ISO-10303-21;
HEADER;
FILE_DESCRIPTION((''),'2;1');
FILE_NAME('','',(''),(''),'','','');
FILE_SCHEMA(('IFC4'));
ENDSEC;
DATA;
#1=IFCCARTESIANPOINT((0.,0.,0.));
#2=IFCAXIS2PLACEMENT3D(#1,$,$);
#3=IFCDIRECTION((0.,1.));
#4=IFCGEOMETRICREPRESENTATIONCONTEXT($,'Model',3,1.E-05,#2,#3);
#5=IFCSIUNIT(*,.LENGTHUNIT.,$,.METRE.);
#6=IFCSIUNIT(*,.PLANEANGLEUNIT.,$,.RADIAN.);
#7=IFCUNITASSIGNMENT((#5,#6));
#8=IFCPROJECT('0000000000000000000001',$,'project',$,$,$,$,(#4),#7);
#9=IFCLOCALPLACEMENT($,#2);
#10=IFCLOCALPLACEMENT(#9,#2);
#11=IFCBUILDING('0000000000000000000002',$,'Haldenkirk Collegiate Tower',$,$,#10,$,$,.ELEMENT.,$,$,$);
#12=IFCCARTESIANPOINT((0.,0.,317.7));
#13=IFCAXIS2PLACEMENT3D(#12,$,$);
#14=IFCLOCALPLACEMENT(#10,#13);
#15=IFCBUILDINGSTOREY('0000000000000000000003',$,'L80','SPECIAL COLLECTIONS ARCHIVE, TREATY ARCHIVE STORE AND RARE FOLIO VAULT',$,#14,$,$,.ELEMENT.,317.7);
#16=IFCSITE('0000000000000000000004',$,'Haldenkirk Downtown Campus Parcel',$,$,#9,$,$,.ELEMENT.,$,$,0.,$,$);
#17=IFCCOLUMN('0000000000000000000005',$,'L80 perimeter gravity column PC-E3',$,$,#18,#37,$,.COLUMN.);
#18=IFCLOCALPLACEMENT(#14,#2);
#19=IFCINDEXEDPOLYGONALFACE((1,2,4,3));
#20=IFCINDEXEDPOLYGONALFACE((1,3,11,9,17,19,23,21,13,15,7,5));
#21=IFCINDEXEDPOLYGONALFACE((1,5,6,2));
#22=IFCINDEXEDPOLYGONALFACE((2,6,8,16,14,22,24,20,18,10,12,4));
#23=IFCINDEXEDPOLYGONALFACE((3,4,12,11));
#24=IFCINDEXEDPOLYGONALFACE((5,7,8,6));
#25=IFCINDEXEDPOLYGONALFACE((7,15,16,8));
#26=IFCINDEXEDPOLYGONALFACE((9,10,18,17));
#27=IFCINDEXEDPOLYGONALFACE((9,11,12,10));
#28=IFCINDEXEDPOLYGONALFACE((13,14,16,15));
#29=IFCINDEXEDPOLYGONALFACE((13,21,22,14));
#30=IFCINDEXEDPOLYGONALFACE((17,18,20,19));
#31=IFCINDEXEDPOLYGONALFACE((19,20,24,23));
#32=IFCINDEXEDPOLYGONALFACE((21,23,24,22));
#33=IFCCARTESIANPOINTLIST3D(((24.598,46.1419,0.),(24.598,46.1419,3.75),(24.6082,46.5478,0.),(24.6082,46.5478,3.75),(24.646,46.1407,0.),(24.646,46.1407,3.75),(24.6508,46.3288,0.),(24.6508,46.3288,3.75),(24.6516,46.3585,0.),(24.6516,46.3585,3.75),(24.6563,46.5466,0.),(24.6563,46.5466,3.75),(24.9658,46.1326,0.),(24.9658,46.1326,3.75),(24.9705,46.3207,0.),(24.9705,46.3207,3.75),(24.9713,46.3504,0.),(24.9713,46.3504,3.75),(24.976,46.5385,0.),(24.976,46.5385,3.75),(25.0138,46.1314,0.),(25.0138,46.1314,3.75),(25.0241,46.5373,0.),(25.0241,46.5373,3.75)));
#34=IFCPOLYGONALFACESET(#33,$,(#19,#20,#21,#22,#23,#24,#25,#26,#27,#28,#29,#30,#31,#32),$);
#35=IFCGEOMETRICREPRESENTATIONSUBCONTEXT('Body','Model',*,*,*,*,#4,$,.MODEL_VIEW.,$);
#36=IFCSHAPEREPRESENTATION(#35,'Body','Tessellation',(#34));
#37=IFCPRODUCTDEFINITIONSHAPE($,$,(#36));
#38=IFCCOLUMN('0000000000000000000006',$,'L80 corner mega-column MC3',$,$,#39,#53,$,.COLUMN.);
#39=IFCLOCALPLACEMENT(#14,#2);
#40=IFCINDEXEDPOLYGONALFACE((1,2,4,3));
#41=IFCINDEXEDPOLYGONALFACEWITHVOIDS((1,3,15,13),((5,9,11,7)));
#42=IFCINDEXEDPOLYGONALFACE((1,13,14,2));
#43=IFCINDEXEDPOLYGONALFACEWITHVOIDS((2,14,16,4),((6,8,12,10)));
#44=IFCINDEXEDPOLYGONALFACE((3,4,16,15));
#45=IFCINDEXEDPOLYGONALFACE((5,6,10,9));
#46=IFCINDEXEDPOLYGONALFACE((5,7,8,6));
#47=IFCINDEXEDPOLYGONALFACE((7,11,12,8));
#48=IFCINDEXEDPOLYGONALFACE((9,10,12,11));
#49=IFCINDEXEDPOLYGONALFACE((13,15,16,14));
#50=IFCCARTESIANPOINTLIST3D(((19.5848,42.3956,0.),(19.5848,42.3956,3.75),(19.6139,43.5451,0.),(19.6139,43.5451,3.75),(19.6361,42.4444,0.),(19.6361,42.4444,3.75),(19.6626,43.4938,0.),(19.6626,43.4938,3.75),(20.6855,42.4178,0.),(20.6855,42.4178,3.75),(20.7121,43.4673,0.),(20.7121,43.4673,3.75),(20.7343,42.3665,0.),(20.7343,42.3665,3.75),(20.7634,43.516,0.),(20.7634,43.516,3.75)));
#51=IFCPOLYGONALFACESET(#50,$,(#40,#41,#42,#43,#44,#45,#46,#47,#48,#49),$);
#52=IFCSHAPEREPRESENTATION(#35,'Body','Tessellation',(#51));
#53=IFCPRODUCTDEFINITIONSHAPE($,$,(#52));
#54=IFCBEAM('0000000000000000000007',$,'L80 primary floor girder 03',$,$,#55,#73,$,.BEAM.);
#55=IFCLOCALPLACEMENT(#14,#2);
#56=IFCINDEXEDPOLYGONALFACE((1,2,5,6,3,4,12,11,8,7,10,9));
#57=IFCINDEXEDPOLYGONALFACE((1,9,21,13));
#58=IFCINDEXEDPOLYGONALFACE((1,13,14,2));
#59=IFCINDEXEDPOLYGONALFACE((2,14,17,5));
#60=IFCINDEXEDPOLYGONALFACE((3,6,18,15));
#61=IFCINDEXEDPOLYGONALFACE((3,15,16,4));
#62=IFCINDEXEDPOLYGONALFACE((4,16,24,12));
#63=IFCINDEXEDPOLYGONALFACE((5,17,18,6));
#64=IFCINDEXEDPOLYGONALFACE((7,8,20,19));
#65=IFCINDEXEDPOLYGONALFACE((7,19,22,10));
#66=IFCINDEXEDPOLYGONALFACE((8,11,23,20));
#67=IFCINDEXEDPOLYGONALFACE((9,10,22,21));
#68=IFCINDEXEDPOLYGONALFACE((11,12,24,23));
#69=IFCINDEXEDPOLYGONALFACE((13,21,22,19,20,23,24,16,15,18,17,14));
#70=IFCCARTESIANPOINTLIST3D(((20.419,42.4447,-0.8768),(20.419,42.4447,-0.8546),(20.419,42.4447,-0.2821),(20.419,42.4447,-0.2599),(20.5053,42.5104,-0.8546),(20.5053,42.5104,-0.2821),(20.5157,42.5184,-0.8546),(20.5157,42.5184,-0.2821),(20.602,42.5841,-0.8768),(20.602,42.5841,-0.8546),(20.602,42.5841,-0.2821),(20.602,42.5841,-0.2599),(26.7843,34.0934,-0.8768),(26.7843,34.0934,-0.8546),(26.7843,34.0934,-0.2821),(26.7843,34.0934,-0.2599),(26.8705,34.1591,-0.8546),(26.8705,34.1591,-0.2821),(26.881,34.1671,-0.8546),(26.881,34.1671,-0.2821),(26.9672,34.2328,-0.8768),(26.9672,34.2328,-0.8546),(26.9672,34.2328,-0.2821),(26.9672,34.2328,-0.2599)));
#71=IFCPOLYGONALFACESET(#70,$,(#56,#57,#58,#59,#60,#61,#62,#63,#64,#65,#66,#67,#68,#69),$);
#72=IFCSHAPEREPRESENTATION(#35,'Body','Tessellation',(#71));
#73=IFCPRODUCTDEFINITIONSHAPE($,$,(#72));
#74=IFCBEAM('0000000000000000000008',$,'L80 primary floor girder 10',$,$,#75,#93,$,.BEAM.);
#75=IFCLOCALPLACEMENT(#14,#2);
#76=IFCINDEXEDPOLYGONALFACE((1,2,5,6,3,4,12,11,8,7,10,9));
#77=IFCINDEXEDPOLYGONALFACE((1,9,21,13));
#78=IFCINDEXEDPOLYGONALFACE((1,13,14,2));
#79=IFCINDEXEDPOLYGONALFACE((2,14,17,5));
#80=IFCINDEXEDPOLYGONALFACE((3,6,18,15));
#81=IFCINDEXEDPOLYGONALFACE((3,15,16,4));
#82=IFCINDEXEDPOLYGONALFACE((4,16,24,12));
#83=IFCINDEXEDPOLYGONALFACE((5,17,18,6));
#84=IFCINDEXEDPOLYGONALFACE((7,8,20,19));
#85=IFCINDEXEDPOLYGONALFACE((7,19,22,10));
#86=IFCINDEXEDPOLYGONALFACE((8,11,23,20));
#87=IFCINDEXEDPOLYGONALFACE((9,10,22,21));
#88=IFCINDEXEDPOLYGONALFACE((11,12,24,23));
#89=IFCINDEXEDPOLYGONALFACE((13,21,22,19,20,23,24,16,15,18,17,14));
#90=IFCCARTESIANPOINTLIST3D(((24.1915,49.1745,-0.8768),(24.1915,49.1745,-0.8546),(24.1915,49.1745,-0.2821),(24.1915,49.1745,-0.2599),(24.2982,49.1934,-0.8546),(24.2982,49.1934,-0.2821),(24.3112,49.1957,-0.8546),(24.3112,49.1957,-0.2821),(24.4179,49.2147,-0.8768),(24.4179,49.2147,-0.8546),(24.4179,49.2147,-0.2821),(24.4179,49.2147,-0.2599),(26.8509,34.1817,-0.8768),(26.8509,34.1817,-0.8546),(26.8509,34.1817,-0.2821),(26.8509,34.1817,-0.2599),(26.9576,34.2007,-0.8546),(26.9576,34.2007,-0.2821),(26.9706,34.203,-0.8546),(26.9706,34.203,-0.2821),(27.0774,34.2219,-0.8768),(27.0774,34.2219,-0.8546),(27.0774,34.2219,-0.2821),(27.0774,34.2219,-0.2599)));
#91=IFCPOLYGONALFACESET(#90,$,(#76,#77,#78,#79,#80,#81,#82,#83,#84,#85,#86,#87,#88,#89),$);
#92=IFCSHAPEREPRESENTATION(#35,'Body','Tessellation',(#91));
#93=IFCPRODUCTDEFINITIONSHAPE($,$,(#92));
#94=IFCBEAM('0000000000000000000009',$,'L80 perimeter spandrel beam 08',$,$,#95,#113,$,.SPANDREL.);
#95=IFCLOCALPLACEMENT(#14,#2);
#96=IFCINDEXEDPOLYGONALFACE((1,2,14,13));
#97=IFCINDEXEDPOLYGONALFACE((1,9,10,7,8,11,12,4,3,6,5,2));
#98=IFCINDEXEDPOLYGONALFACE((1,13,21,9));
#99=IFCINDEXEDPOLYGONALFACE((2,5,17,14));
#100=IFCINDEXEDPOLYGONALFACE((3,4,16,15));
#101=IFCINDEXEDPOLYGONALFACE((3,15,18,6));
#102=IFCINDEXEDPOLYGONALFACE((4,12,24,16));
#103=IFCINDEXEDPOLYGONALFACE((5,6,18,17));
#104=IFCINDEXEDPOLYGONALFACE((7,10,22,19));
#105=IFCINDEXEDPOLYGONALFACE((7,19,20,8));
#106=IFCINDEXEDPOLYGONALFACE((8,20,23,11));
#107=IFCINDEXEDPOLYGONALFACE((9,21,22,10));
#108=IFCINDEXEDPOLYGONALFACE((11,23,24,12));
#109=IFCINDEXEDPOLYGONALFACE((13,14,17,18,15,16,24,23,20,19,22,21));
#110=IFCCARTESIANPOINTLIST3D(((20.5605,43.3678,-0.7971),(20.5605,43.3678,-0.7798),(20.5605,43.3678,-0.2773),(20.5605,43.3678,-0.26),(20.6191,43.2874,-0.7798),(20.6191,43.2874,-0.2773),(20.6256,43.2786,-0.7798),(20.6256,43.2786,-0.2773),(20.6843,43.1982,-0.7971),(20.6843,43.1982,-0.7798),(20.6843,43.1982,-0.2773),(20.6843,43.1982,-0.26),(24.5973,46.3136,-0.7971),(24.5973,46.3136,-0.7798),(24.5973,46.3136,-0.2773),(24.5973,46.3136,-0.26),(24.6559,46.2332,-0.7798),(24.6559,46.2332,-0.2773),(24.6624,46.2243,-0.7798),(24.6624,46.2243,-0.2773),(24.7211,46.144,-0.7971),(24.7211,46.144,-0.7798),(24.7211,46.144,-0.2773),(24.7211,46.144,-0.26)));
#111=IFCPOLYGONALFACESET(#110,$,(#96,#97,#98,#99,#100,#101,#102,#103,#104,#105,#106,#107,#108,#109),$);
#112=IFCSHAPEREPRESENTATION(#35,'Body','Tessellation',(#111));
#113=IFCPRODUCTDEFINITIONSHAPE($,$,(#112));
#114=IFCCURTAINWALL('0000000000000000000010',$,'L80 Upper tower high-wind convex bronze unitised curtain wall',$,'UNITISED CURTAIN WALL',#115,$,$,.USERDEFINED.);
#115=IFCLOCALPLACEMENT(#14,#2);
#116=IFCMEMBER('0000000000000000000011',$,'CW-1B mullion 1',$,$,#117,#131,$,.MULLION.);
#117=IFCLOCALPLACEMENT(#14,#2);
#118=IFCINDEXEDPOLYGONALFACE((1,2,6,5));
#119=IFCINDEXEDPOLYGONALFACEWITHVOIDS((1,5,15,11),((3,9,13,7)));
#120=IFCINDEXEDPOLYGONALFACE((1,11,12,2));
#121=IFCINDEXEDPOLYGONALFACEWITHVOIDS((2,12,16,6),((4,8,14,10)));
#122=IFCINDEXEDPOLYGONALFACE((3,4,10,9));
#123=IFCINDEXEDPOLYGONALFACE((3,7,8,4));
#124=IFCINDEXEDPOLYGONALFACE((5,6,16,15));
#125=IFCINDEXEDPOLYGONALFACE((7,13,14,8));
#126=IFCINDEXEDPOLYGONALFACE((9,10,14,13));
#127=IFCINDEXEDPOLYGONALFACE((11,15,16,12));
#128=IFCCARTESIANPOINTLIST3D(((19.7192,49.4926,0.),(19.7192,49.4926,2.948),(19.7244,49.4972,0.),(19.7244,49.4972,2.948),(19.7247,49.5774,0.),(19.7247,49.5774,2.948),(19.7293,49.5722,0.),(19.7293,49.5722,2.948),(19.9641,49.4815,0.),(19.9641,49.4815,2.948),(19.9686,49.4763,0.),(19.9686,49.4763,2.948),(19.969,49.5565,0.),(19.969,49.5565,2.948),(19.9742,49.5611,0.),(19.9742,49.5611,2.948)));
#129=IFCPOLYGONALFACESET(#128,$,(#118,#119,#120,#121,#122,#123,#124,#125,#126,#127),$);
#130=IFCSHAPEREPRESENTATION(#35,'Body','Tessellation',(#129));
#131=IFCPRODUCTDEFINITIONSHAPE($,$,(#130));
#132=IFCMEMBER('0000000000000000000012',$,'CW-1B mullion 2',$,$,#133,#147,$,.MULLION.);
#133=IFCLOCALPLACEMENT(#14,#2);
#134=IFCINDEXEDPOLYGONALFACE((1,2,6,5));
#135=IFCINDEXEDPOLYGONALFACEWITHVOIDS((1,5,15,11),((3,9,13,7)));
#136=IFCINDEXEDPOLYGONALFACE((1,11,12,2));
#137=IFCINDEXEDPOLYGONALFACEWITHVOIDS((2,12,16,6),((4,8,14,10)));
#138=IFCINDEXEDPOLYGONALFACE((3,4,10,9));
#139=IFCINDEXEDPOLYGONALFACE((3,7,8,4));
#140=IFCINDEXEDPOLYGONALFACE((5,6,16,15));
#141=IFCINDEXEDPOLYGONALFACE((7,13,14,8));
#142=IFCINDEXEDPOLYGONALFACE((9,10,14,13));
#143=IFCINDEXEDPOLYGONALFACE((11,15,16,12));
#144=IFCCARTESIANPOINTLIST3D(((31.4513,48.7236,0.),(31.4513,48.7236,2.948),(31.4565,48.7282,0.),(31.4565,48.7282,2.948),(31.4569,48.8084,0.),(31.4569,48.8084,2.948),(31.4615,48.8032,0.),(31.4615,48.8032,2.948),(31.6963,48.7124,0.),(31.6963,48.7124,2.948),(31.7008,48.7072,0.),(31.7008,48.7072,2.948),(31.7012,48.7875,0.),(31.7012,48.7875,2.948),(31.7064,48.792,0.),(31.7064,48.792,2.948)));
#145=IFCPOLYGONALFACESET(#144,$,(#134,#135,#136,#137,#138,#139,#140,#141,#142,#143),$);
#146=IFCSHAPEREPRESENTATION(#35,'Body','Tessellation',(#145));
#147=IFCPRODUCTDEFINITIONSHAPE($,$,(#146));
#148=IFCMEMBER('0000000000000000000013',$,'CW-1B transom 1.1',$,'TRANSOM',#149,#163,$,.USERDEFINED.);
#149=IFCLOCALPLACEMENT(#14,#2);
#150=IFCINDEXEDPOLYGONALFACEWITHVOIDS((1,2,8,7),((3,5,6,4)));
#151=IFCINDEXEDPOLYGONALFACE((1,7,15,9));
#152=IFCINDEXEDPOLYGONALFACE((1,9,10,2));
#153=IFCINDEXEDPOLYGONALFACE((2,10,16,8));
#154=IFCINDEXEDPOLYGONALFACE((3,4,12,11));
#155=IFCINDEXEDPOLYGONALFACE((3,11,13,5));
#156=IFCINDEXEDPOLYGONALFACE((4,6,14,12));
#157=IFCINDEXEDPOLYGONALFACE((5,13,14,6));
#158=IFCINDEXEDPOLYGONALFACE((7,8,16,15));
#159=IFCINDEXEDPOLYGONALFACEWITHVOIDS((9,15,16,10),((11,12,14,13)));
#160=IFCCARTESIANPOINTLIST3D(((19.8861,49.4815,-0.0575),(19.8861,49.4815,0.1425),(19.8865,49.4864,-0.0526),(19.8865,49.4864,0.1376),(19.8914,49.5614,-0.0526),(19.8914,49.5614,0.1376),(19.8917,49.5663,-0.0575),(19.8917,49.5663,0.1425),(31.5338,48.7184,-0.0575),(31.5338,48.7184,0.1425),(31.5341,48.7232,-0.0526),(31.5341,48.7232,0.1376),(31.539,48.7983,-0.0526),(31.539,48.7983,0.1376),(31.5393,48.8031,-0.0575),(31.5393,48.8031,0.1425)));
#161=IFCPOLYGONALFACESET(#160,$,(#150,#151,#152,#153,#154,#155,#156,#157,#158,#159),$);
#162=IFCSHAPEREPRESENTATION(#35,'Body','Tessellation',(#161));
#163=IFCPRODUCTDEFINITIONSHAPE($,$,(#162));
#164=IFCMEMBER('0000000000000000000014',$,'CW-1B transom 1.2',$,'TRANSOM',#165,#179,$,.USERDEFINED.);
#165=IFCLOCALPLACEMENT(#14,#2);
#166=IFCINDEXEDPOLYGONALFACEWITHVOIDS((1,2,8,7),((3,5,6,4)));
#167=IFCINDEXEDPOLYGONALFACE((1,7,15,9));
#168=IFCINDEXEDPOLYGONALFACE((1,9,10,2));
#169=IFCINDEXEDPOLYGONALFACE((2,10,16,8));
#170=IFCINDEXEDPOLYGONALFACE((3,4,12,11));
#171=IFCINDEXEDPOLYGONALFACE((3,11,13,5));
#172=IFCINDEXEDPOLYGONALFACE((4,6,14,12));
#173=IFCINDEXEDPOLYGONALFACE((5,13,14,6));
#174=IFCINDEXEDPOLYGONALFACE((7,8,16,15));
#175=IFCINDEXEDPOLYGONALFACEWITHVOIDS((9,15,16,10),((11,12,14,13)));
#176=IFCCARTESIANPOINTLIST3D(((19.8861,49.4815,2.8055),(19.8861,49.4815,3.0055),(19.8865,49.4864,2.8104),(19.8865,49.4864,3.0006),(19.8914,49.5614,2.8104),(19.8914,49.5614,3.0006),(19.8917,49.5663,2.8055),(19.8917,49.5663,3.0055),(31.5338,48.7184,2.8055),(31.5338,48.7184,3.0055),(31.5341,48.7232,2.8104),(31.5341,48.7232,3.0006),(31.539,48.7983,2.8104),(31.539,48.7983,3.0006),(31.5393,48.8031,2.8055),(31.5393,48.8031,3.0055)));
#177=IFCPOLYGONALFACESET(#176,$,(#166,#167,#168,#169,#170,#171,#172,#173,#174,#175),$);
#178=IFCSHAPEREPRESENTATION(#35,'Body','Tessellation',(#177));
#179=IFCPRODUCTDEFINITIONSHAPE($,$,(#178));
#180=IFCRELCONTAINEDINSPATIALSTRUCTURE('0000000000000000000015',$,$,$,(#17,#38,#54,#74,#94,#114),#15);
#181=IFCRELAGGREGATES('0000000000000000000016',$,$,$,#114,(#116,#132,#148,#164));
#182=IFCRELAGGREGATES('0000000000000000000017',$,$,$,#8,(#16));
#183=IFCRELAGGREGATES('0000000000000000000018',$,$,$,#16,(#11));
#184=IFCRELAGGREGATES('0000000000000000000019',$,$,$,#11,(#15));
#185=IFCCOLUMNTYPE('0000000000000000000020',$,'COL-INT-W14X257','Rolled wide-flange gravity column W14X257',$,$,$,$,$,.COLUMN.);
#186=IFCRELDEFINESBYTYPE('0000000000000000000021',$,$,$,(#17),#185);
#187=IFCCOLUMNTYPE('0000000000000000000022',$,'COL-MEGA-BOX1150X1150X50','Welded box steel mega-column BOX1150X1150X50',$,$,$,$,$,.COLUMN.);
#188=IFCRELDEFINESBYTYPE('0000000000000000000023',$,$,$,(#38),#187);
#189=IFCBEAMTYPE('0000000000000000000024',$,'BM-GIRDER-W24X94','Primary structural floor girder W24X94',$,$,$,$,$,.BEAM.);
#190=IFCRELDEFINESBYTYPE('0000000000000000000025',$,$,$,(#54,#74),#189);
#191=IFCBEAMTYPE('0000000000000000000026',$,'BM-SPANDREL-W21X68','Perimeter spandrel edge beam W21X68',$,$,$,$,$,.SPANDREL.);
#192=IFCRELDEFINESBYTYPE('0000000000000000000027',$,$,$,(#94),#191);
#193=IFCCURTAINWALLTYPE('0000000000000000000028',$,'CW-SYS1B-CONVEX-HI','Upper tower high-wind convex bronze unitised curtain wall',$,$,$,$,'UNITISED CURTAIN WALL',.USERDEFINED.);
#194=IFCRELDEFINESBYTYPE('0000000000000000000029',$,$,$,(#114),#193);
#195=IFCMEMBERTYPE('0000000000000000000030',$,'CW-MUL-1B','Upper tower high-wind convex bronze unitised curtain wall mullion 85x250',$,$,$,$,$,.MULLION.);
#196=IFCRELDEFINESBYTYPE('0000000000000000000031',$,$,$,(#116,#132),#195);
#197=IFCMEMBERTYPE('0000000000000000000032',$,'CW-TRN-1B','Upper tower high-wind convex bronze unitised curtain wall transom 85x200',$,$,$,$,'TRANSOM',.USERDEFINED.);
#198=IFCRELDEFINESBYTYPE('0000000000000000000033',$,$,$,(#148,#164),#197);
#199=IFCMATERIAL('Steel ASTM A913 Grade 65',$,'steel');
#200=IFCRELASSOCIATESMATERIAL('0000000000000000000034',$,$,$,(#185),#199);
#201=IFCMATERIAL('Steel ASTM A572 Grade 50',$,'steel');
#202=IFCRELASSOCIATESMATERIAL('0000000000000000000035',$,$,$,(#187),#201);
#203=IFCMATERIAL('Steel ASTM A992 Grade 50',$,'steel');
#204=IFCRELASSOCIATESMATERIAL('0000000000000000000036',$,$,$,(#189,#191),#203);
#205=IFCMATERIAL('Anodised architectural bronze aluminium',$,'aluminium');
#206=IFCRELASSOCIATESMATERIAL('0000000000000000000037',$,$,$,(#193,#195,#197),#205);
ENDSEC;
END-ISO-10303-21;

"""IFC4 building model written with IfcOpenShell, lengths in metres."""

from ifc_helpers import new_model, si_unit, direction, frame, origin, origin_2d, place, context, subcontext, project, spatial, hollow_rectangle, i_section, extrude, material, material_profile, profile_set, type_object, element, aggregate, save


model = new_model("IFC4")

# Units and contexts
model_context = context("Model", 3, precision=1e-05, world=origin(), true_north=direction((0.0, 1.0)))
body_context = subcontext(model_context, "Body", "Model", "MODEL_VIEW")
ifc_project = project(units=[si_unit("LENGTHUNIT", "METRE"), si_unit("PLANEANGLEUNIT", "RADIAN")], contexts=[model_context])

# Site, building, storey
site_placement = place(None, origin())
site = spatial("IfcSite", under=ifc_project, at=site_placement, Name="Haldenkirk Downtown Campus Parcel", CompositionType="ELEMENT", RefElevation=0.0)
building_placement = place(site_placement, origin())
building = spatial("IfcBuilding", under=site, at=building_placement, Name="Haldenkirk Collegiate Tower", CompositionType="ELEMENT")
storey_placement = place(building_placement, frame((0.0, 0.0, 317.7)))
storey = spatial("IfcBuildingStorey", under=building, at=storey_placement, Name="L80", Description="SPECIAL COLLECTIONS ARCHIVE, TREATY ARCHIVE STORE AND RARE FOLIO VAULT", CompositionType="ELEMENT", Elevation=317.7)

# Columns
ifc_material_1 = material(Name="Steel ASTM A913 Grade 65", Category="steel")
ifc_material_profile_1 = material_profile(ifc_material_1, i_section(OverallWidth=0.406, OverallDepth=0.416, WebThickness=0.0298, FlangeThickness=0.0481, at=origin_2d()), Name="W14X257")
ifc_profile_set_1 = profile_set([ifc_material_profile_1], Name="Steel ASTM A913 Grade 65")
column_type_1 = type_object("IfcColumnType", Name="COL-INT-W14X257", Description="Rolled wide-flange gravity column W14X257", PredefinedType="COLUMN", material=ifc_profile_set_1)
column_1_placement = place(storey_placement, frame((24.811, 46.3396, 0.0), z_axis=(0.0, 0.0, 1.0), x_axis=(0.025305, 0.99968, 0.0)))
element("IfcColumn", 1, at=column_1_placement, inside=storey, type_object=column_type_1, Name="L80 perimeter gravity column PC-E3", PredefinedType="COLUMN", context=body_context, shape_type="SweptSolid", body=[
    extrude(i_section(OverallWidth=0.406, OverallDepth=0.416, WebThickness=0.0298, FlangeThickness=0.0481, at=origin_2d()), origin(), (0.0, 0.0, 1.0), 3.75),
])
ifc_material_2 = material(Name="Steel ASTM A572 Grade 50", Category="steel")
ifc_material_profile_2 = material_profile(ifc_material_2, hollow_rectangle(XDim=1.1499, YDim=1.1499, WallThickness=0.05, at=origin_2d()), Name="BOX1150X1150X50")
ifc_profile_set_2 = profile_set([ifc_material_profile_2], Name="Steel ASTM A572 Grade 50")
column_type_2 = type_object("IfcColumnType", Name="COL-MEGA-BOX1150X1150X50", Description="Welded box steel mega-column BOX1150X1150X50", PredefinedType="COLUMN", material=ifc_profile_set_2)
column_2_placement = place(storey_placement, frame((20.1741, 42.9558, 0.0), z_axis=(0.0, 0.0, 1.0), x_axis=(0.025305, 0.99968, 0.0)))
element("IfcColumn", 2, at=column_2_placement, inside=storey, type_object=column_type_2, Name="L80 corner mega-column MC3", PredefinedType="COLUMN", context=body_context, shape_type="SweptSolid", body=[
    extrude(hollow_rectangle(XDim=1.1499, YDim=1.1499, WallThickness=0.05, at=origin_2d()), origin(), (0.0, 0.0, 1.0), 3.75),
])

# Beams
ifc_material_3 = material(Name="Steel ASTM A992 Grade 50", Category="steel")
ifc_material_profile_3 = material_profile(ifc_material_3, i_section(OverallWidth=0.23, OverallDepth=0.6169, WebThickness=0.0132, FlangeThickness=0.0222, at=origin_2d()), Name="W24X94")
ifc_profile_set_3 = profile_set([ifc_material_profile_3], Name="Steel ASTM A992 Grade 50")
beam_type_1 = type_object("IfcBeamType", Name="BM-GIRDER-W24X94", Description="Primary structural floor girder W24X94", PredefinedType="BEAM", material=ifc_profile_set_3)
beam_1_placement = place(storey_placement, frame((20.5105, 42.5144, -0.5684), z_axis=(0.606183, -0.795325, 0.0), x_axis=(0.795325, 0.606183, 0.0)))
element("IfcBeam", 3, at=beam_1_placement, inside=storey, type_object=beam_type_1, Name="L80 primary floor girder 03", PredefinedType="BEAM", context=body_context, shape_type="SweptSolid", body=[
    extrude(i_section(OverallWidth=0.23, OverallDepth=0.6169, WebThickness=0.0132, FlangeThickness=0.0222, at=origin_2d()), origin(), (0.0, 0.0, 1.0), 10.5005),
])
beam_2_placement = place(storey_placement, frame((24.3047, 49.1946, -0.5684), z_axis=(0.174655, -0.98463, 0.0), x_axis=(0.98463, 0.174655, 0.0)))
element("IfcBeam", 4, at=beam_2_placement, inside=storey, type_object=beam_type_1, Name="L80 primary floor girder 10", PredefinedType="BEAM", context=body_context, shape_type="SweptSolid", body=[
    extrude(i_section(OverallWidth=0.23, OverallDepth=0.6169, WebThickness=0.0132, FlangeThickness=0.0222, at=origin_2d()), origin(), (0.0, 0.0, 1.0), 15.2268),
])
ifc_material_profile_4 = material_profile(ifc_material_3, i_section(OverallWidth=0.21, OverallDepth=0.5371, WebThickness=0.011, FlangeThickness=0.0173, at=origin_2d()), Name="W21X68")
ifc_profile_set_4 = profile_set([ifc_material_profile_4], Name="Steel ASTM A992 Grade 50")
beam_type_2 = type_object("IfcBeamType", Name="BM-SPANDREL-W21X68", Description="Perimeter spandrel edge beam W21X68", PredefinedType="SPANDREL", material=ifc_profile_set_4)
beam_3_placement = place(storey_placement, frame((24.6592, 46.2288, -0.5286), z_axis=(-0.807793, -0.589466, 0.0), x_axis=(0.589466, -0.807793, 0.0)))
element("IfcBeam", 5, at=beam_3_placement, inside=storey, type_object=beam_type_2, Name="L80 perimeter spandrel beam 08", PredefinedType="SPANDREL", context=body_context, shape_type="SweptSolid", body=[
    extrude(i_section(OverallWidth=0.21, OverallDepth=0.5371, WebThickness=0.011, FlangeThickness=0.0173, at=origin_2d()), origin(), (0.0, 0.0, 1.0), 4.9973),
])

# Curtain wall, members
ifc_material_4 = material(Name="Anodised architectural bronze aluminium", Category="aluminium")
curtain_wall_type = type_object("IfcCurtainWallType", Name="CW-SYS1B-CONVEX-HI", Description="Upper tower high-wind convex bronze unitised curtain wall", ElementType="UNITISED CURTAIN WALL", PredefinedType="USERDEFINED", material=ifc_material_4)
curtain_wall_placement = place(storey_placement, origin())
curtain_wall = element("IfcCurtainWall", 6, at=curtain_wall_placement, inside=storey, type_object=curtain_wall_type, Name="L80 Upper tower high-wind convex bronze unitised curtain wall", ObjectType="UNITISED CURTAIN WALL", PredefinedType="USERDEFINED")
ifc_material_profile_5 = material_profile(ifc_material_4, hollow_rectangle(XDim=0.085, YDim=0.25, WallThickness=0.0049, at=origin_2d()), Name="CW-MUL-1B")
ifc_profile_set_5 = profile_set([ifc_material_profile_5], Name="Anodised architectural bronze aluminium")
member_type_1 = type_object("IfcMemberType", Name="CW-MUL-1B", Description="Upper tower high-wind convex bronze unitised curtain wall mullion 85x250", PredefinedType="MULLION", material=ifc_profile_set_5)
member_1_placement = place(storey_placement, frame((19.8467, 49.5269, 0.0), z_axis=(0.0, 0.0, 1.0), x_axis=(0.065401, 0.997859, 0.0)))
member_1 = element("IfcMember", 7, at=member_1_placement, type_object=member_type_1, Name="CW-1B mullion 1", PredefinedType="MULLION", context=body_context, shape_type="SweptSolid", body=[
    extrude(hollow_rectangle(XDim=0.085, YDim=0.25, WallThickness=0.0049, at=origin_2d()), origin(), (0.0, 0.0, 1.0), 2.948),
])
member_2_placement = place(storey_placement, frame((31.5789, 48.7578, 0.0), z_axis=(0.0, 0.0, 1.0), x_axis=(0.065401, 0.997859, 0.0)))
member_2 = element("IfcMember", 8, at=member_2_placement, type_object=member_type_1, Name="CW-1B mullion 2", PredefinedType="MULLION", context=body_context, shape_type="SweptSolid", body=[
    extrude(hollow_rectangle(XDim=0.085, YDim=0.25, WallThickness=0.0049, at=origin_2d()), origin(), (0.0, 0.0, 1.0), 2.948),
])
ifc_material_profile_6 = material_profile(ifc_material_4, hollow_rectangle(XDim=0.085, YDim=0.2, WallThickness=0.0049, at=origin_2d()), Name="CW-TRN-1B")
ifc_profile_set_6 = profile_set([ifc_material_profile_6], Name="Anodised architectural bronze aluminium")
member_type_2 = type_object("IfcMemberType", Name="CW-TRN-1B", Description="Upper tower high-wind convex bronze unitised curtain wall transom 85x200", ElementType="TRANSOM", PredefinedType="USERDEFINED", material=ifc_profile_set_6)
member_3_placement = place(storey_placement, frame((19.8889, 49.5239, 0.0425), z_axis=(0.99786, -0.065382, 0.0), x_axis=(0.065382, 0.99786, 0.0)))
member_3 = element("IfcMember", 9, at=member_3_placement, type_object=member_type_2, Name="CW-1B transom 1.1", ObjectType="TRANSOM", PredefinedType="USERDEFINED", context=body_context, shape_type="SweptSolid", body=[
    extrude(hollow_rectangle(XDim=0.085, YDim=0.2, WallThickness=0.0049, at=origin_2d()), origin(), (0.0, 0.0, 1.0), 11.6726),
])
member_4_placement = place(storey_placement, frame((19.8889, 49.5239, 2.9055), z_axis=(0.99786, -0.065382, 0.0), x_axis=(0.065382, 0.99786, 0.0)))
member_4 = element("IfcMember", 10, at=member_4_placement, type_object=member_type_2, Name="CW-1B transom 1.2", ObjectType="TRANSOM", PredefinedType="USERDEFINED", context=body_context, shape_type="SweptSolid", body=[
    extrude(hollow_rectangle(XDim=0.085, YDim=0.2, WallThickness=0.0049, at=origin_2d()), origin(), (0.0, 0.0, 1.0), 11.6726),
])

aggregate(curtain_wall, [member_1, member_2, member_3, member_4])

save(model, "model.ifc")
